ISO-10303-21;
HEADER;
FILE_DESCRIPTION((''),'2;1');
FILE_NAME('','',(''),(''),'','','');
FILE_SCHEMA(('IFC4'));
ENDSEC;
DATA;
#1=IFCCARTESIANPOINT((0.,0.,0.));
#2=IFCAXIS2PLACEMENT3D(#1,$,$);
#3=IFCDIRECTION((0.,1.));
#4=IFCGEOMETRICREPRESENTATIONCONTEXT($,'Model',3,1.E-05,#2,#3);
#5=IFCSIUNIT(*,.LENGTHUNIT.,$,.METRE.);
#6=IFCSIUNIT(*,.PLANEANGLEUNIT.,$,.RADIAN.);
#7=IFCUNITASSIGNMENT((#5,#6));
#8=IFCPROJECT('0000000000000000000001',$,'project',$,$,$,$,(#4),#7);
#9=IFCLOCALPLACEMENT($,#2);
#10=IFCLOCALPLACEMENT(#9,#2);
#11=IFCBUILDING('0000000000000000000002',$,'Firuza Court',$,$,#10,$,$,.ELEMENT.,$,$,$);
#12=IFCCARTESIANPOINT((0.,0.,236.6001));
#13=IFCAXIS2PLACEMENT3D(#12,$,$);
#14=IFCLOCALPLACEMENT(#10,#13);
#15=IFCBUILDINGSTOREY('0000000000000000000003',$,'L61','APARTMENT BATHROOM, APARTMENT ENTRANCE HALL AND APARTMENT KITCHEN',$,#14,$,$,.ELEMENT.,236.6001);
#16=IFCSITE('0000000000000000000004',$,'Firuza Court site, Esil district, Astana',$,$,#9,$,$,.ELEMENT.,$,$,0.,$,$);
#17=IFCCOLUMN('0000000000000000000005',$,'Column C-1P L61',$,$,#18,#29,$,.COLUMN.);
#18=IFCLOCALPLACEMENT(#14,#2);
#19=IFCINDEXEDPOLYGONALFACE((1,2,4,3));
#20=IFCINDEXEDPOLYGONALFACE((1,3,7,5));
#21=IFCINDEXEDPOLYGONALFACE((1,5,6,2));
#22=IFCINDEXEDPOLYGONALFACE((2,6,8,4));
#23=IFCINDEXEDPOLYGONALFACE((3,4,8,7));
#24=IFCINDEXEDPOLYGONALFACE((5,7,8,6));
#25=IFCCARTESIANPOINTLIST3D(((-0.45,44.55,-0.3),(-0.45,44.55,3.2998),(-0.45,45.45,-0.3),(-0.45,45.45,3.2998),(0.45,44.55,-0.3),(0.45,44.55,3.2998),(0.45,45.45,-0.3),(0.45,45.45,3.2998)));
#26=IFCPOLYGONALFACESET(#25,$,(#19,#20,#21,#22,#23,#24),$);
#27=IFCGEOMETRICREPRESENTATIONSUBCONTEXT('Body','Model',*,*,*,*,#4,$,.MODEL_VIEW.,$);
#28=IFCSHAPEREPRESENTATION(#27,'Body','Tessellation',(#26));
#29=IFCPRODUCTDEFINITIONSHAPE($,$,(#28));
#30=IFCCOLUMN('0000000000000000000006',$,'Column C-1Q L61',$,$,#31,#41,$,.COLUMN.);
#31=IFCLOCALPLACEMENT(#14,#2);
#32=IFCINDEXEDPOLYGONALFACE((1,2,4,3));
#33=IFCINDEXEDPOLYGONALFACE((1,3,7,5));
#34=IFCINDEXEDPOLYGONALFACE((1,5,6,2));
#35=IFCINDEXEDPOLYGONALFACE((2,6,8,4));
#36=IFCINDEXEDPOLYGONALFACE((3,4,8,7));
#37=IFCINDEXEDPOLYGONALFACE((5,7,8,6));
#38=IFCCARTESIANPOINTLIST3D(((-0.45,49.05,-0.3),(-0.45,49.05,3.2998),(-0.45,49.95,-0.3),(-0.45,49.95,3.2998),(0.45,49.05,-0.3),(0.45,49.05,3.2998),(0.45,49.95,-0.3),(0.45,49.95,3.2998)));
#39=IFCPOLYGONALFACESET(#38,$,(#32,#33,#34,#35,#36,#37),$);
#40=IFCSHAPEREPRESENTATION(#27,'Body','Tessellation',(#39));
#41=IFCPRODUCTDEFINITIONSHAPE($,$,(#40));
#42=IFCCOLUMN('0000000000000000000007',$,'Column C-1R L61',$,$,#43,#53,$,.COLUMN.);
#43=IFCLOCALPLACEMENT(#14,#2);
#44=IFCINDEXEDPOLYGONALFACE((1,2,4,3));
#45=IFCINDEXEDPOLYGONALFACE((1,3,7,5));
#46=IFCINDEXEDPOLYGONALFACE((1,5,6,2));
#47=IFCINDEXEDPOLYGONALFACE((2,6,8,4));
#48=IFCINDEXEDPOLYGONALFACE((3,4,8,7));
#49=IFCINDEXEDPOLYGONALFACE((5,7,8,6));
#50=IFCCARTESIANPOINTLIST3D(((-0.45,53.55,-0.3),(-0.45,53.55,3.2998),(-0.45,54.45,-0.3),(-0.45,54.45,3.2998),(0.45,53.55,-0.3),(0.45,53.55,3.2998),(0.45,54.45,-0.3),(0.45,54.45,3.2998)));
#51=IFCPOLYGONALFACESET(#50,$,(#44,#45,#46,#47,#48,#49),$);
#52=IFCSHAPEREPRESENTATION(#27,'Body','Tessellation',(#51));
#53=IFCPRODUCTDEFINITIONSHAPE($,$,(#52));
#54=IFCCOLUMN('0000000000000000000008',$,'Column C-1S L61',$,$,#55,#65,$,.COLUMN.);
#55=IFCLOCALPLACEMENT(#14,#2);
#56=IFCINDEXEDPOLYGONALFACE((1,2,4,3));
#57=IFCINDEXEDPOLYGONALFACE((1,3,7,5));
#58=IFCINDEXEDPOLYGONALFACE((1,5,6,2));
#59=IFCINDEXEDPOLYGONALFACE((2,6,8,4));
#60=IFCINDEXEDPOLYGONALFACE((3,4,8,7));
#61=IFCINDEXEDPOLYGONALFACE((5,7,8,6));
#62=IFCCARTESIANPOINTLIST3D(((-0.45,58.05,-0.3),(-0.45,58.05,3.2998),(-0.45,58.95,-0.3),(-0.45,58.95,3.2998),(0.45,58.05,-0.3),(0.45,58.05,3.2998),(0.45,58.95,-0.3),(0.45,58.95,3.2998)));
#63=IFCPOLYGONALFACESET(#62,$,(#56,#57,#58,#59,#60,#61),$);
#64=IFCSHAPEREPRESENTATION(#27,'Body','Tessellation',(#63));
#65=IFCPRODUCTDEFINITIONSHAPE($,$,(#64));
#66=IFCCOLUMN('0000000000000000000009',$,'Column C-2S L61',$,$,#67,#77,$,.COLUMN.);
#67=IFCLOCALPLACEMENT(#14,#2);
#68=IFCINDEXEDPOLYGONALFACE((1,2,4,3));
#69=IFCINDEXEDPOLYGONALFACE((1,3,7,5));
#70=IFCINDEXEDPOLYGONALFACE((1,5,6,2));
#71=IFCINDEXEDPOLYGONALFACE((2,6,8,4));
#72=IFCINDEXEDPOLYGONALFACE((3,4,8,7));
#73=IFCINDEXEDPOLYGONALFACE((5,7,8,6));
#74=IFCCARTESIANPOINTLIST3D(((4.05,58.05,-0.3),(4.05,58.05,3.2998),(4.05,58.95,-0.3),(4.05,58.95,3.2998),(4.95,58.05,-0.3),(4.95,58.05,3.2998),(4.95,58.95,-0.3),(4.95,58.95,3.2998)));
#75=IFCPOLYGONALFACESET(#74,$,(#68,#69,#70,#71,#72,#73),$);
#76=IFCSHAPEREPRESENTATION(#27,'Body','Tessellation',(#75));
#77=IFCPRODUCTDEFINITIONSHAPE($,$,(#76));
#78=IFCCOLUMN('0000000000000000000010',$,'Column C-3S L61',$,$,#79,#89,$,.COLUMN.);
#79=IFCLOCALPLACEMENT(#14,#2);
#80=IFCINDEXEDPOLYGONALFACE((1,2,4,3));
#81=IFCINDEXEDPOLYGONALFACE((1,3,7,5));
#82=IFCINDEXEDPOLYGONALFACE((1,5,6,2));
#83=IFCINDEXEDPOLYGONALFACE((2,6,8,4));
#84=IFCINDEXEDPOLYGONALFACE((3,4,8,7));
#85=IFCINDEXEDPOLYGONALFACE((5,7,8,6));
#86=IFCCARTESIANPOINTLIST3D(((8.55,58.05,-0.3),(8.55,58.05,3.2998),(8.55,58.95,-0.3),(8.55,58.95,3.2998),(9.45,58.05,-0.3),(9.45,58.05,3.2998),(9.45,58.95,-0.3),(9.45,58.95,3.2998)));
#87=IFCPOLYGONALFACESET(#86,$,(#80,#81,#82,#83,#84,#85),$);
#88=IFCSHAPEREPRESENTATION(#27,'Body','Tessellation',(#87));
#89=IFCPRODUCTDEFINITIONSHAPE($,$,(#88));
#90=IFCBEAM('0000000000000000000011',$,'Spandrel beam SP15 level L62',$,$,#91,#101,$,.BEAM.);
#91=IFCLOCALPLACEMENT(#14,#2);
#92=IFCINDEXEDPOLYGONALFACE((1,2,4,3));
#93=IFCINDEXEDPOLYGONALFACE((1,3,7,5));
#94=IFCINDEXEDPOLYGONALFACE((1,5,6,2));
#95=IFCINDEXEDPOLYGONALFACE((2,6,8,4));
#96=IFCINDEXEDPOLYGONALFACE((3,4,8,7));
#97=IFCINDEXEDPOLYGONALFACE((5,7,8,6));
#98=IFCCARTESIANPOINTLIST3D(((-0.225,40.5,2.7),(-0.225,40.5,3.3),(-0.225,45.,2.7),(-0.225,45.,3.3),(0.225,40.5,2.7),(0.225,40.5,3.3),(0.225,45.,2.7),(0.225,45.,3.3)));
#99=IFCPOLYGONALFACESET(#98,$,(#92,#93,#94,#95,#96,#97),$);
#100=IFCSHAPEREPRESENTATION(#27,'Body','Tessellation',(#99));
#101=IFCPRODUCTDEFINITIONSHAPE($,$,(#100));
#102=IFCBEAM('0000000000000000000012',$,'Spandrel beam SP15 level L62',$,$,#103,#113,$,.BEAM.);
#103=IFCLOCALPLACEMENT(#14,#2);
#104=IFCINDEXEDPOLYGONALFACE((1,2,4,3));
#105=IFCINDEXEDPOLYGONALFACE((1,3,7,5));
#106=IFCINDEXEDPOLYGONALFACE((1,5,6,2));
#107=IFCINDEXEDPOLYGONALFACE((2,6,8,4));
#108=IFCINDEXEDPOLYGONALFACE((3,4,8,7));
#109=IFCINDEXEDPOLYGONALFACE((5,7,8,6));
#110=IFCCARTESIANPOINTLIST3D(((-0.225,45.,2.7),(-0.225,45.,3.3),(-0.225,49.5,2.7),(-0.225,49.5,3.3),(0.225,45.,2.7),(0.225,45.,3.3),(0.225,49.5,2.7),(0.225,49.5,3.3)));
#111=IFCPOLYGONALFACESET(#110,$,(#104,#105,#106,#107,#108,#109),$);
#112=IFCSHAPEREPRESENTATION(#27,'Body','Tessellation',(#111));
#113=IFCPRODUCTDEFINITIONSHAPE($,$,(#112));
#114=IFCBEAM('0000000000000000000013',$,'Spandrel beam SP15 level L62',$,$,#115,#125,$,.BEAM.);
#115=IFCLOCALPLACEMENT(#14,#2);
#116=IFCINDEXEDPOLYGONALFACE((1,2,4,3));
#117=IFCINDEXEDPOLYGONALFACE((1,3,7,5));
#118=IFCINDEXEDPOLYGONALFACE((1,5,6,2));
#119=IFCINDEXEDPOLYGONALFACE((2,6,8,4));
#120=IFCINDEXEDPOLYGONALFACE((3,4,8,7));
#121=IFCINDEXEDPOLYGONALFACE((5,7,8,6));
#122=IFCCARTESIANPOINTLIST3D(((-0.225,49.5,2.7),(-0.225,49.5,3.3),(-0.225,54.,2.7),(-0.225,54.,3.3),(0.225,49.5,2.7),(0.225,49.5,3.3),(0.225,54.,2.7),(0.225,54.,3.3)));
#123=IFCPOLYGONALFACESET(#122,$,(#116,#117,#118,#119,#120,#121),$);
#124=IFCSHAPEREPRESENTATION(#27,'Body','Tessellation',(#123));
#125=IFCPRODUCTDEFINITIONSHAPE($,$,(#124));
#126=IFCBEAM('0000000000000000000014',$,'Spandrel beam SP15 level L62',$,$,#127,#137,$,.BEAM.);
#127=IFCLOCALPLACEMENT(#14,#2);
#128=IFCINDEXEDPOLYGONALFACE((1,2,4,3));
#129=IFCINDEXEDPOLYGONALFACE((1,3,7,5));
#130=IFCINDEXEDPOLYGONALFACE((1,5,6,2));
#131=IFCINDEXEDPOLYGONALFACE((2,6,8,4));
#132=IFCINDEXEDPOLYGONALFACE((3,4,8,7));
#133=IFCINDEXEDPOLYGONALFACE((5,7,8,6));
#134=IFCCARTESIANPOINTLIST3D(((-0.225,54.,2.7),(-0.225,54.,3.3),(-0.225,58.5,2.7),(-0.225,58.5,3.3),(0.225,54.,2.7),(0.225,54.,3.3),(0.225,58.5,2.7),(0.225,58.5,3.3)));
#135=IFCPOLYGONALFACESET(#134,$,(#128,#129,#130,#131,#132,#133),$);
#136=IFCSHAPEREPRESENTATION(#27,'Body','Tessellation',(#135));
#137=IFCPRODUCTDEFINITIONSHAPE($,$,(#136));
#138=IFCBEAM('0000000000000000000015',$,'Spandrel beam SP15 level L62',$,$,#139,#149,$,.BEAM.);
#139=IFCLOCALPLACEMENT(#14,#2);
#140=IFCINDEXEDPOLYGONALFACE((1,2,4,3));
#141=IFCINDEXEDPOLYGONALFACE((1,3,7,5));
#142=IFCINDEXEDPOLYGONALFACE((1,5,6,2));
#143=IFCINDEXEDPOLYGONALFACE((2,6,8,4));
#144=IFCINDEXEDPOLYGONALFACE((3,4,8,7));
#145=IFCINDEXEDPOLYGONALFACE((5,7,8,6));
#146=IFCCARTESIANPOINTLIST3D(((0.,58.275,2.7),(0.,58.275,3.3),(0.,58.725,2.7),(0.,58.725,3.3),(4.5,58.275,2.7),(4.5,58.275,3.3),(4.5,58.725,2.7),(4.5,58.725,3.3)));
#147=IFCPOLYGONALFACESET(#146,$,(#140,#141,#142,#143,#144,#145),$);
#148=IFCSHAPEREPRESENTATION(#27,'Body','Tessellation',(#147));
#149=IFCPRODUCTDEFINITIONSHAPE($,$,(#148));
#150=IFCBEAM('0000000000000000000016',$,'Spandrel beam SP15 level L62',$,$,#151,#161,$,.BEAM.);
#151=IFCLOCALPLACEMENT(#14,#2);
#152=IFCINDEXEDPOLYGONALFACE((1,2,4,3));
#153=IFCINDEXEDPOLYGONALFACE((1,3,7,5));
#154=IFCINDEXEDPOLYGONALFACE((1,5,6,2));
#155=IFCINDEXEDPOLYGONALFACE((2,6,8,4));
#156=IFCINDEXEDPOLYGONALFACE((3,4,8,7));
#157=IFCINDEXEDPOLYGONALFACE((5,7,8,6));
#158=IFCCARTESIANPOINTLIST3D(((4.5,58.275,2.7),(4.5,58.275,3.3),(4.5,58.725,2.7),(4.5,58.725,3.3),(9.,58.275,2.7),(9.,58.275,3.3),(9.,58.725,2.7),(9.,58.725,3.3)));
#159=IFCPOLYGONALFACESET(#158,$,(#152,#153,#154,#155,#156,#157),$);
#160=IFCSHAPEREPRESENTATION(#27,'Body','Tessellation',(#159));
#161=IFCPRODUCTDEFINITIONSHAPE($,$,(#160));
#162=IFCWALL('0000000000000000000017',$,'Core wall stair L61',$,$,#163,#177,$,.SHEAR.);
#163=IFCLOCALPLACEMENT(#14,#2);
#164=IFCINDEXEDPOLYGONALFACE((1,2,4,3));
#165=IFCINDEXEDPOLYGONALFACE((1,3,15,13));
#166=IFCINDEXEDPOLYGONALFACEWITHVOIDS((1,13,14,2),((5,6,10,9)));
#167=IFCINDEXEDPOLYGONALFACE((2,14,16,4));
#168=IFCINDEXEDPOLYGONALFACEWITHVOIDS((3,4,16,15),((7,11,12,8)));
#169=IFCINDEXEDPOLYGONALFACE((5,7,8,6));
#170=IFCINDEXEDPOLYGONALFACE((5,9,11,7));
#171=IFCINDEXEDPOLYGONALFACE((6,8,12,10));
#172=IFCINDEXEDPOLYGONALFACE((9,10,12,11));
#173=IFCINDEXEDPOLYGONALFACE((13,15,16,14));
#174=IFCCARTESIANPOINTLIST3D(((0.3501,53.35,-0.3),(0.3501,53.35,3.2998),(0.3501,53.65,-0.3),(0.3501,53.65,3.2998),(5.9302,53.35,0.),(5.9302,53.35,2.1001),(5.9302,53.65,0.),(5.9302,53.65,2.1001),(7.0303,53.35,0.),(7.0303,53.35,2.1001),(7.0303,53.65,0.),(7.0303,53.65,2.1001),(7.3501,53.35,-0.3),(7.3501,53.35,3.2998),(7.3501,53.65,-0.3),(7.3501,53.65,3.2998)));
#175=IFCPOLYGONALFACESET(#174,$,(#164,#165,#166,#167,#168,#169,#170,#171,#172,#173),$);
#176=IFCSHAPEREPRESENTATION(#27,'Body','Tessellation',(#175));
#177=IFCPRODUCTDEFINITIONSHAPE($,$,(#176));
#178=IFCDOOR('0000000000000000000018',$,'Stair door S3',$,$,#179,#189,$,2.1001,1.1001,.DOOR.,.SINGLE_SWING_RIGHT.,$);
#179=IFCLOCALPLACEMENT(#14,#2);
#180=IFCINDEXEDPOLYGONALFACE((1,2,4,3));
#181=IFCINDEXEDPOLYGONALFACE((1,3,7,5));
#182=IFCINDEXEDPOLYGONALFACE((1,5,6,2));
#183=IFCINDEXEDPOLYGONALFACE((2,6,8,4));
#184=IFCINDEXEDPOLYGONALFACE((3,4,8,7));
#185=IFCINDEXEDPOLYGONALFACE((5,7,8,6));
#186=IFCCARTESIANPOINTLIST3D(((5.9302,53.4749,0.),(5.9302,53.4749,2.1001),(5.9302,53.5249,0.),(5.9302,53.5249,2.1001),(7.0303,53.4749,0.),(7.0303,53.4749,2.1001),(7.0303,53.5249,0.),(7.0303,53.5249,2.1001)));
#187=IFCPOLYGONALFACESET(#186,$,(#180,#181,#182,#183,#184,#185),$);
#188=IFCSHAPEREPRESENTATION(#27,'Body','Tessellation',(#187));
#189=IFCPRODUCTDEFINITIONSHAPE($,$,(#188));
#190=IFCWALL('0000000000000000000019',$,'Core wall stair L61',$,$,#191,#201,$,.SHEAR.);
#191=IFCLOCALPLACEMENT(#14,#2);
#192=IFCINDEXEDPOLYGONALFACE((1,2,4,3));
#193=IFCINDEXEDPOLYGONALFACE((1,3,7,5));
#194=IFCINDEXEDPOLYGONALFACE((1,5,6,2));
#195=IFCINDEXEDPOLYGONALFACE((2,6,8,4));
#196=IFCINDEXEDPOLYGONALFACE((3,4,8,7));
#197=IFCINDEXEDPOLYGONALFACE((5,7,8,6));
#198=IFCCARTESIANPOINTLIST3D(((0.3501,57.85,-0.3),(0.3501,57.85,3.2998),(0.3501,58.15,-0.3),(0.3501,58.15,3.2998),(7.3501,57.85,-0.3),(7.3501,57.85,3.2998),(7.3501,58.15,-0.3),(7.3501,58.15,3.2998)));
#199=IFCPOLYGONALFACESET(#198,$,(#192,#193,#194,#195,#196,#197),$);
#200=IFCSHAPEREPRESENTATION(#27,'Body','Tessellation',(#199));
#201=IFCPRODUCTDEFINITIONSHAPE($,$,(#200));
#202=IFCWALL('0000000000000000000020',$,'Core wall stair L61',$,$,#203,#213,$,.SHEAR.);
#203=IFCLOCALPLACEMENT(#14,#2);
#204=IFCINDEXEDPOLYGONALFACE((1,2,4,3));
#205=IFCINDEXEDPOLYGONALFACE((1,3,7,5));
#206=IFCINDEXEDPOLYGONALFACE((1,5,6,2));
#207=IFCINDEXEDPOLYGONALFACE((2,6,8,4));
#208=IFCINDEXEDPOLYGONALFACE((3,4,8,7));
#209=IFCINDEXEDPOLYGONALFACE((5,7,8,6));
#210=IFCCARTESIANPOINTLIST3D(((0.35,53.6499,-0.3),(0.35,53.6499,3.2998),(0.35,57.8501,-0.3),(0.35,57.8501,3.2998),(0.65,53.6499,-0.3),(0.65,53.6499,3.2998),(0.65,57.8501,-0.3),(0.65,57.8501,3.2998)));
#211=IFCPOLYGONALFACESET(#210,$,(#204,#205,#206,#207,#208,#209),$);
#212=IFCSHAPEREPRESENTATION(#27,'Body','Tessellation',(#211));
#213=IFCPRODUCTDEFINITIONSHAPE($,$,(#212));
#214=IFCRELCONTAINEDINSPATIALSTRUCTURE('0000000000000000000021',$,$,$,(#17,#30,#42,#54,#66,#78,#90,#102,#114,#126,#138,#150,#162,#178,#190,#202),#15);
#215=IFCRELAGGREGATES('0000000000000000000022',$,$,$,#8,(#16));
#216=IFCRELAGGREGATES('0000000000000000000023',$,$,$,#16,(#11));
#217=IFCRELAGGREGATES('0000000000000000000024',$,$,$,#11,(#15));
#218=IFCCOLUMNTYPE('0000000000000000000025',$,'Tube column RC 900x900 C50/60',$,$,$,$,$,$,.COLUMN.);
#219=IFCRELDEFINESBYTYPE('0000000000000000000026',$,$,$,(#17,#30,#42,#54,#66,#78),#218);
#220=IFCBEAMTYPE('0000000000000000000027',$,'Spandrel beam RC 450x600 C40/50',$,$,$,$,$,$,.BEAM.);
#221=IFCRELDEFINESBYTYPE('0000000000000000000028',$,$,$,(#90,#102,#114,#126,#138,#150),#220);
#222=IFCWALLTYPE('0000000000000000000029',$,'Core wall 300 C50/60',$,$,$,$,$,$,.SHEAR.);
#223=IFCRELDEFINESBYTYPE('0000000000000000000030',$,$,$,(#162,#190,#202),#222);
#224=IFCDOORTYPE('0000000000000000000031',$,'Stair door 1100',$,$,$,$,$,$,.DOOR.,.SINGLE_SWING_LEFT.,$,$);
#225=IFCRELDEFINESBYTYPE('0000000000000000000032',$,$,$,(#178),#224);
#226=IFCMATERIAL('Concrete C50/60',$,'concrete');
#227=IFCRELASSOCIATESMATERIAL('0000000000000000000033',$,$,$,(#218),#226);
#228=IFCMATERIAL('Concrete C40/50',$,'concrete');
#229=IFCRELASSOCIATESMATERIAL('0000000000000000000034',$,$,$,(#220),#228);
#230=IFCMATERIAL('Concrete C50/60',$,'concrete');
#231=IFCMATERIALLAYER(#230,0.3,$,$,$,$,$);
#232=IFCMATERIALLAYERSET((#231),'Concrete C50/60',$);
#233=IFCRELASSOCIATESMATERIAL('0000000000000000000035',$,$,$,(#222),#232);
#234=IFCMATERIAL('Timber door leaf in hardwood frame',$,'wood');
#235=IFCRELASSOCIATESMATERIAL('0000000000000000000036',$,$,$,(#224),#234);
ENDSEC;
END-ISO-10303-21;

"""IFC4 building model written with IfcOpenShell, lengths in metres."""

from ifc_helpers import new_model, si_unit, direction, frame, frame_2d, origin, origin_2d, place, context, subcontext, project, spatial, rectangle, extrude, material, layer, layer_set, material_profile, profile_set, type_object, element, fill, save


model = new_model("IFC4")

# Units and contexts
model_context = context("Model", 3, precision=1e-05, world=origin(), true_north=direction((0.0, 1.0)))
body_context = subcontext(model_context, "Body", "Model", "MODEL_VIEW")
ifc_project = project(units=[si_unit("LENGTHUNIT", "METRE"), si_unit("PLANEANGLEUNIT", "RADIAN")], contexts=[model_context])

# Site, building, storey
site_placement = place(None, origin())
site = spatial("IfcSite", under=ifc_project, at=site_placement, Name="Firuza Court site, Esil district, Astana", CompositionType="ELEMENT", RefElevation=0.0)
building_placement = place(site_placement, origin())
building = spatial("IfcBuilding", under=site, at=building_placement, Name="Firuza Court", CompositionType="ELEMENT")
storey_placement = place(building_placement, frame((0.0, 0.0, 236.6001)))
storey = spatial("IfcBuildingStorey", under=building, at=storey_placement, Name="L61", Description="APARTMENT BATHROOM, APARTMENT ENTRANCE HALL AND APARTMENT KITCHEN", CompositionType="ELEMENT", Elevation=236.6001)

# Columns
ifc_material_1 = material(Name="Concrete C50/60", Category="concrete")
ifc_material_profile_1 = material_profile(ifc_material_1, rectangle(XDim=0.8999, YDim=0.8999, at=origin_2d()), Name="RC 900x900")
ifc_profile_set_1 = profile_set([ifc_material_profile_1], Name="Concrete C50/60")
column_type = type_object("IfcColumnType", Name="Tube column RC 900x900 C50/60", PredefinedType="COLUMN", material=ifc_profile_set_1)
for number, where, z_axis, x_axis, name in (
    (1, (0.0, 45.0, -0.3), (0.0, 0.0, 1.0), (1.0, 0.0, 0.0), "Column C-1P L61"),
    (2, (0.0, 49.5, -0.3), (0.0, 0.0, 1.0), (1.0, 0.0, 0.0), "Column C-1Q L61"),
    (3, (0.0, 54.0, -0.3), (0.0, 0.0, 1.0), (1.0, 0.0, 0.0), "Column C-1R L61"),
    (4, (0.0, 58.5, -0.3), (0.0, 0.0, 1.0), (1.0, 0.0, 0.0), "Column C-1S L61"),
    (5, (4.5, 58.5, -0.3), (0.0, 0.0, 1.0), (1.0, 0.0, 0.0), "Column C-2S L61"),
    (6, (9.0, 58.5, -0.3), (0.0, 0.0, 1.0), (1.0, 0.0, 0.0), "Column C-3S L61"),
):
    element("IfcColumn", number, at=place(storey_placement, frame(where, z_axis=z_axis, x_axis=x_axis)), inside=storey, type_object=column_type, Name=name, PredefinedType="COLUMN", context=body_context, shape_type="SweptSolid", body=[
        extrude(rectangle(XDim=0.8999, YDim=0.8999, at=origin_2d()), origin(), (0.0, 0.0, 1.0), 3.5999),
    ])

# Beams
ifc_material_2 = material(Name="Concrete C40/50", Category="concrete")
ifc_material_profile_2 = material_profile(ifc_material_2, rectangle(XDim=0.45, YDim=0.6001, at=origin_2d()), Name="RC 450x600")
ifc_profile_set_2 = profile_set([ifc_material_profile_2], Name="Concrete C40/50")
beam_type = type_object("IfcBeamType", Name="Spandrel beam RC 450x600 C40/50", PredefinedType="BEAM", material=ifc_profile_set_2)
for number, where, z_axis, x_axis, name in (
    (7, (0.0, 45.0, 3.0), (0.0, -1.0, 0.0), (1.0, 0.0, 0.0), "Spandrel beam SP15 level L62"),
    (8, (0.0, 49.5, 3.0), (0.0, -1.0, 0.0), (1.0, 0.0, 0.0), "Spandrel beam SP15 level L62"),
    (9, (0.0, 54.0, 3.0), (0.0, -1.0, 0.0), (1.0, 0.0, 0.0), "Spandrel beam SP15 level L62"),
    (10, (0.0, 58.5, 3.0), (0.0, -1.0, 0.0), (1.0, 0.0, 0.0), "Spandrel beam SP15 level L62"),
    (11, (4.5, 58.5, 3.0), (-1.0, 0.0, 0.0), (0.0, -1.0, 0.0), "Spandrel beam SP15 level L62"),
    (12, (9.0, 58.5, 3.0), (-1.0, 0.0, 0.0), (0.0, -1.0, 0.0), "Spandrel beam SP15 level L62"),
):
    element("IfcBeam", number, at=place(storey_placement, frame(where, z_axis=z_axis, x_axis=x_axis)), inside=storey, type_object=beam_type, Name=name, PredefinedType="BEAM", context=body_context, shape_type="SweptSolid", body=[
        extrude(rectangle(XDim=0.45, YDim=0.6001, at=origin_2d()), origin(), (0.0, 0.0, 1.0), 4.5),
    ])

# Wall, opening, door
ifc_material_3 = material(Name="Concrete C50/60", Category="concrete")
ifc_layer_1 = layer(ifc_material_3, 0.3)
ifc_layer_set_1 = layer_set([ifc_layer_1], Name="Concrete C50/60")
wall_type_1 = type_object("IfcWallType", Name="Core wall 300 C50/60", PredefinedType="SHEAR", material=ifc_layer_set_1)
wall_1_placement = place(storey_placement, frame((0.3501, 53.5, -0.3), z_axis=(0.0, 0.0, 1.0), x_axis=(1.0, 0.0, 0.0)))
wall_1 = element("IfcWall", 13, at=wall_1_placement, inside=storey, type_object=wall_type_1, Name="Core wall stair L61", PredefinedType="SHEAR", context=body_context, shape_type="SweptSolid", body=[
    extrude(rectangle(XDim=7.0, YDim=0.3, at=frame_2d((3.5, 0.0))), origin(), (0.0, 0.0, 1.0), 3.5999),
])
opening_1_placement = place(wall_1_placement, frame((5.5801, 0.0, 0.3)))
opening_1 = element("IfcOpeningElement", 14, at=opening_1_placement, cuts=wall_1, PredefinedType="OPENING", context=body_context, shape_type="SweptSolid", body=[
    extrude(rectangle(XDim=1.1001, YDim=2.1001, at=frame_2d((0.55, 1.05))), frame((0.0, 0.1621, 0.0), z_axis=(0.0, -1.0, 0.0), x_axis=(1.0, 0.0, 0.0)), (0.0, 0.0, 1.0), 0.324),
])
ifc_material_4 = material(Name="Timber door leaf in hardwood frame", Category="wood")
door_type_1 = type_object("IfcDoorType", Name="Stair door 1100", OperationType="SINGLE_SWING_LEFT", PredefinedType="DOOR", material=ifc_material_4)
door_1_placement = place(opening_1_placement, origin())
door_1 = element("IfcDoor", 15, at=door_1_placement, inside=storey, type_object=door_type_1, Name="Stair door S3", OperationType="SINGLE_SWING_RIGHT", OverallHeight=2.1001, OverallWidth=1.1001, PredefinedType="DOOR", context=body_context, shape_type="SweptSolid", body=[
    extrude(rectangle(XDim=1.1001, YDim=2.1001, at=frame_2d((0.55, 1.05))), frame((0.0, 0.0249, 0.0), z_axis=(0.0, -1.0, 0.0), x_axis=(1.0, 0.0, 0.0)), (0.0, 0.0, 1.0), 0.05),
])
fill(opening_1, door_1)

# Walls
wall_2_placement = place(storey_placement, frame((0.3501, 58.0, -0.3), z_axis=(0.0, 0.0, 1.0), x_axis=(1.0, 0.0, 0.0)))
element("IfcWall", 16, at=wall_2_placement, inside=storey, type_object=wall_type_1, Name="Core wall stair L61", PredefinedType="SHEAR", context=body_context, shape_type="SweptSolid", body=[
    extrude(rectangle(XDim=7.0, YDim=0.3, at=frame_2d((3.5, 0.0))), origin(), (0.0, 0.0, 1.0), 3.5999),
])
wall_3_placement = place(storey_placement, frame((0.5, 53.6499, -0.3), z_axis=(0.0, 0.0, 1.0), x_axis=(0.0, 1.0, 0.0)))
element("IfcWall", 17, at=wall_3_placement, inside=storey, type_object=wall_type_1, Name="Core wall stair L61", PredefinedType="SHEAR", context=body_context, shape_type="SweptSolid", body=[
    extrude(rectangle(XDim=4.2002, YDim=0.3, at=frame_2d((2.1001, 0.0))), origin(), (0.0, 0.0, 1.0), 3.5999),
])

save(model, "model.ifc")
